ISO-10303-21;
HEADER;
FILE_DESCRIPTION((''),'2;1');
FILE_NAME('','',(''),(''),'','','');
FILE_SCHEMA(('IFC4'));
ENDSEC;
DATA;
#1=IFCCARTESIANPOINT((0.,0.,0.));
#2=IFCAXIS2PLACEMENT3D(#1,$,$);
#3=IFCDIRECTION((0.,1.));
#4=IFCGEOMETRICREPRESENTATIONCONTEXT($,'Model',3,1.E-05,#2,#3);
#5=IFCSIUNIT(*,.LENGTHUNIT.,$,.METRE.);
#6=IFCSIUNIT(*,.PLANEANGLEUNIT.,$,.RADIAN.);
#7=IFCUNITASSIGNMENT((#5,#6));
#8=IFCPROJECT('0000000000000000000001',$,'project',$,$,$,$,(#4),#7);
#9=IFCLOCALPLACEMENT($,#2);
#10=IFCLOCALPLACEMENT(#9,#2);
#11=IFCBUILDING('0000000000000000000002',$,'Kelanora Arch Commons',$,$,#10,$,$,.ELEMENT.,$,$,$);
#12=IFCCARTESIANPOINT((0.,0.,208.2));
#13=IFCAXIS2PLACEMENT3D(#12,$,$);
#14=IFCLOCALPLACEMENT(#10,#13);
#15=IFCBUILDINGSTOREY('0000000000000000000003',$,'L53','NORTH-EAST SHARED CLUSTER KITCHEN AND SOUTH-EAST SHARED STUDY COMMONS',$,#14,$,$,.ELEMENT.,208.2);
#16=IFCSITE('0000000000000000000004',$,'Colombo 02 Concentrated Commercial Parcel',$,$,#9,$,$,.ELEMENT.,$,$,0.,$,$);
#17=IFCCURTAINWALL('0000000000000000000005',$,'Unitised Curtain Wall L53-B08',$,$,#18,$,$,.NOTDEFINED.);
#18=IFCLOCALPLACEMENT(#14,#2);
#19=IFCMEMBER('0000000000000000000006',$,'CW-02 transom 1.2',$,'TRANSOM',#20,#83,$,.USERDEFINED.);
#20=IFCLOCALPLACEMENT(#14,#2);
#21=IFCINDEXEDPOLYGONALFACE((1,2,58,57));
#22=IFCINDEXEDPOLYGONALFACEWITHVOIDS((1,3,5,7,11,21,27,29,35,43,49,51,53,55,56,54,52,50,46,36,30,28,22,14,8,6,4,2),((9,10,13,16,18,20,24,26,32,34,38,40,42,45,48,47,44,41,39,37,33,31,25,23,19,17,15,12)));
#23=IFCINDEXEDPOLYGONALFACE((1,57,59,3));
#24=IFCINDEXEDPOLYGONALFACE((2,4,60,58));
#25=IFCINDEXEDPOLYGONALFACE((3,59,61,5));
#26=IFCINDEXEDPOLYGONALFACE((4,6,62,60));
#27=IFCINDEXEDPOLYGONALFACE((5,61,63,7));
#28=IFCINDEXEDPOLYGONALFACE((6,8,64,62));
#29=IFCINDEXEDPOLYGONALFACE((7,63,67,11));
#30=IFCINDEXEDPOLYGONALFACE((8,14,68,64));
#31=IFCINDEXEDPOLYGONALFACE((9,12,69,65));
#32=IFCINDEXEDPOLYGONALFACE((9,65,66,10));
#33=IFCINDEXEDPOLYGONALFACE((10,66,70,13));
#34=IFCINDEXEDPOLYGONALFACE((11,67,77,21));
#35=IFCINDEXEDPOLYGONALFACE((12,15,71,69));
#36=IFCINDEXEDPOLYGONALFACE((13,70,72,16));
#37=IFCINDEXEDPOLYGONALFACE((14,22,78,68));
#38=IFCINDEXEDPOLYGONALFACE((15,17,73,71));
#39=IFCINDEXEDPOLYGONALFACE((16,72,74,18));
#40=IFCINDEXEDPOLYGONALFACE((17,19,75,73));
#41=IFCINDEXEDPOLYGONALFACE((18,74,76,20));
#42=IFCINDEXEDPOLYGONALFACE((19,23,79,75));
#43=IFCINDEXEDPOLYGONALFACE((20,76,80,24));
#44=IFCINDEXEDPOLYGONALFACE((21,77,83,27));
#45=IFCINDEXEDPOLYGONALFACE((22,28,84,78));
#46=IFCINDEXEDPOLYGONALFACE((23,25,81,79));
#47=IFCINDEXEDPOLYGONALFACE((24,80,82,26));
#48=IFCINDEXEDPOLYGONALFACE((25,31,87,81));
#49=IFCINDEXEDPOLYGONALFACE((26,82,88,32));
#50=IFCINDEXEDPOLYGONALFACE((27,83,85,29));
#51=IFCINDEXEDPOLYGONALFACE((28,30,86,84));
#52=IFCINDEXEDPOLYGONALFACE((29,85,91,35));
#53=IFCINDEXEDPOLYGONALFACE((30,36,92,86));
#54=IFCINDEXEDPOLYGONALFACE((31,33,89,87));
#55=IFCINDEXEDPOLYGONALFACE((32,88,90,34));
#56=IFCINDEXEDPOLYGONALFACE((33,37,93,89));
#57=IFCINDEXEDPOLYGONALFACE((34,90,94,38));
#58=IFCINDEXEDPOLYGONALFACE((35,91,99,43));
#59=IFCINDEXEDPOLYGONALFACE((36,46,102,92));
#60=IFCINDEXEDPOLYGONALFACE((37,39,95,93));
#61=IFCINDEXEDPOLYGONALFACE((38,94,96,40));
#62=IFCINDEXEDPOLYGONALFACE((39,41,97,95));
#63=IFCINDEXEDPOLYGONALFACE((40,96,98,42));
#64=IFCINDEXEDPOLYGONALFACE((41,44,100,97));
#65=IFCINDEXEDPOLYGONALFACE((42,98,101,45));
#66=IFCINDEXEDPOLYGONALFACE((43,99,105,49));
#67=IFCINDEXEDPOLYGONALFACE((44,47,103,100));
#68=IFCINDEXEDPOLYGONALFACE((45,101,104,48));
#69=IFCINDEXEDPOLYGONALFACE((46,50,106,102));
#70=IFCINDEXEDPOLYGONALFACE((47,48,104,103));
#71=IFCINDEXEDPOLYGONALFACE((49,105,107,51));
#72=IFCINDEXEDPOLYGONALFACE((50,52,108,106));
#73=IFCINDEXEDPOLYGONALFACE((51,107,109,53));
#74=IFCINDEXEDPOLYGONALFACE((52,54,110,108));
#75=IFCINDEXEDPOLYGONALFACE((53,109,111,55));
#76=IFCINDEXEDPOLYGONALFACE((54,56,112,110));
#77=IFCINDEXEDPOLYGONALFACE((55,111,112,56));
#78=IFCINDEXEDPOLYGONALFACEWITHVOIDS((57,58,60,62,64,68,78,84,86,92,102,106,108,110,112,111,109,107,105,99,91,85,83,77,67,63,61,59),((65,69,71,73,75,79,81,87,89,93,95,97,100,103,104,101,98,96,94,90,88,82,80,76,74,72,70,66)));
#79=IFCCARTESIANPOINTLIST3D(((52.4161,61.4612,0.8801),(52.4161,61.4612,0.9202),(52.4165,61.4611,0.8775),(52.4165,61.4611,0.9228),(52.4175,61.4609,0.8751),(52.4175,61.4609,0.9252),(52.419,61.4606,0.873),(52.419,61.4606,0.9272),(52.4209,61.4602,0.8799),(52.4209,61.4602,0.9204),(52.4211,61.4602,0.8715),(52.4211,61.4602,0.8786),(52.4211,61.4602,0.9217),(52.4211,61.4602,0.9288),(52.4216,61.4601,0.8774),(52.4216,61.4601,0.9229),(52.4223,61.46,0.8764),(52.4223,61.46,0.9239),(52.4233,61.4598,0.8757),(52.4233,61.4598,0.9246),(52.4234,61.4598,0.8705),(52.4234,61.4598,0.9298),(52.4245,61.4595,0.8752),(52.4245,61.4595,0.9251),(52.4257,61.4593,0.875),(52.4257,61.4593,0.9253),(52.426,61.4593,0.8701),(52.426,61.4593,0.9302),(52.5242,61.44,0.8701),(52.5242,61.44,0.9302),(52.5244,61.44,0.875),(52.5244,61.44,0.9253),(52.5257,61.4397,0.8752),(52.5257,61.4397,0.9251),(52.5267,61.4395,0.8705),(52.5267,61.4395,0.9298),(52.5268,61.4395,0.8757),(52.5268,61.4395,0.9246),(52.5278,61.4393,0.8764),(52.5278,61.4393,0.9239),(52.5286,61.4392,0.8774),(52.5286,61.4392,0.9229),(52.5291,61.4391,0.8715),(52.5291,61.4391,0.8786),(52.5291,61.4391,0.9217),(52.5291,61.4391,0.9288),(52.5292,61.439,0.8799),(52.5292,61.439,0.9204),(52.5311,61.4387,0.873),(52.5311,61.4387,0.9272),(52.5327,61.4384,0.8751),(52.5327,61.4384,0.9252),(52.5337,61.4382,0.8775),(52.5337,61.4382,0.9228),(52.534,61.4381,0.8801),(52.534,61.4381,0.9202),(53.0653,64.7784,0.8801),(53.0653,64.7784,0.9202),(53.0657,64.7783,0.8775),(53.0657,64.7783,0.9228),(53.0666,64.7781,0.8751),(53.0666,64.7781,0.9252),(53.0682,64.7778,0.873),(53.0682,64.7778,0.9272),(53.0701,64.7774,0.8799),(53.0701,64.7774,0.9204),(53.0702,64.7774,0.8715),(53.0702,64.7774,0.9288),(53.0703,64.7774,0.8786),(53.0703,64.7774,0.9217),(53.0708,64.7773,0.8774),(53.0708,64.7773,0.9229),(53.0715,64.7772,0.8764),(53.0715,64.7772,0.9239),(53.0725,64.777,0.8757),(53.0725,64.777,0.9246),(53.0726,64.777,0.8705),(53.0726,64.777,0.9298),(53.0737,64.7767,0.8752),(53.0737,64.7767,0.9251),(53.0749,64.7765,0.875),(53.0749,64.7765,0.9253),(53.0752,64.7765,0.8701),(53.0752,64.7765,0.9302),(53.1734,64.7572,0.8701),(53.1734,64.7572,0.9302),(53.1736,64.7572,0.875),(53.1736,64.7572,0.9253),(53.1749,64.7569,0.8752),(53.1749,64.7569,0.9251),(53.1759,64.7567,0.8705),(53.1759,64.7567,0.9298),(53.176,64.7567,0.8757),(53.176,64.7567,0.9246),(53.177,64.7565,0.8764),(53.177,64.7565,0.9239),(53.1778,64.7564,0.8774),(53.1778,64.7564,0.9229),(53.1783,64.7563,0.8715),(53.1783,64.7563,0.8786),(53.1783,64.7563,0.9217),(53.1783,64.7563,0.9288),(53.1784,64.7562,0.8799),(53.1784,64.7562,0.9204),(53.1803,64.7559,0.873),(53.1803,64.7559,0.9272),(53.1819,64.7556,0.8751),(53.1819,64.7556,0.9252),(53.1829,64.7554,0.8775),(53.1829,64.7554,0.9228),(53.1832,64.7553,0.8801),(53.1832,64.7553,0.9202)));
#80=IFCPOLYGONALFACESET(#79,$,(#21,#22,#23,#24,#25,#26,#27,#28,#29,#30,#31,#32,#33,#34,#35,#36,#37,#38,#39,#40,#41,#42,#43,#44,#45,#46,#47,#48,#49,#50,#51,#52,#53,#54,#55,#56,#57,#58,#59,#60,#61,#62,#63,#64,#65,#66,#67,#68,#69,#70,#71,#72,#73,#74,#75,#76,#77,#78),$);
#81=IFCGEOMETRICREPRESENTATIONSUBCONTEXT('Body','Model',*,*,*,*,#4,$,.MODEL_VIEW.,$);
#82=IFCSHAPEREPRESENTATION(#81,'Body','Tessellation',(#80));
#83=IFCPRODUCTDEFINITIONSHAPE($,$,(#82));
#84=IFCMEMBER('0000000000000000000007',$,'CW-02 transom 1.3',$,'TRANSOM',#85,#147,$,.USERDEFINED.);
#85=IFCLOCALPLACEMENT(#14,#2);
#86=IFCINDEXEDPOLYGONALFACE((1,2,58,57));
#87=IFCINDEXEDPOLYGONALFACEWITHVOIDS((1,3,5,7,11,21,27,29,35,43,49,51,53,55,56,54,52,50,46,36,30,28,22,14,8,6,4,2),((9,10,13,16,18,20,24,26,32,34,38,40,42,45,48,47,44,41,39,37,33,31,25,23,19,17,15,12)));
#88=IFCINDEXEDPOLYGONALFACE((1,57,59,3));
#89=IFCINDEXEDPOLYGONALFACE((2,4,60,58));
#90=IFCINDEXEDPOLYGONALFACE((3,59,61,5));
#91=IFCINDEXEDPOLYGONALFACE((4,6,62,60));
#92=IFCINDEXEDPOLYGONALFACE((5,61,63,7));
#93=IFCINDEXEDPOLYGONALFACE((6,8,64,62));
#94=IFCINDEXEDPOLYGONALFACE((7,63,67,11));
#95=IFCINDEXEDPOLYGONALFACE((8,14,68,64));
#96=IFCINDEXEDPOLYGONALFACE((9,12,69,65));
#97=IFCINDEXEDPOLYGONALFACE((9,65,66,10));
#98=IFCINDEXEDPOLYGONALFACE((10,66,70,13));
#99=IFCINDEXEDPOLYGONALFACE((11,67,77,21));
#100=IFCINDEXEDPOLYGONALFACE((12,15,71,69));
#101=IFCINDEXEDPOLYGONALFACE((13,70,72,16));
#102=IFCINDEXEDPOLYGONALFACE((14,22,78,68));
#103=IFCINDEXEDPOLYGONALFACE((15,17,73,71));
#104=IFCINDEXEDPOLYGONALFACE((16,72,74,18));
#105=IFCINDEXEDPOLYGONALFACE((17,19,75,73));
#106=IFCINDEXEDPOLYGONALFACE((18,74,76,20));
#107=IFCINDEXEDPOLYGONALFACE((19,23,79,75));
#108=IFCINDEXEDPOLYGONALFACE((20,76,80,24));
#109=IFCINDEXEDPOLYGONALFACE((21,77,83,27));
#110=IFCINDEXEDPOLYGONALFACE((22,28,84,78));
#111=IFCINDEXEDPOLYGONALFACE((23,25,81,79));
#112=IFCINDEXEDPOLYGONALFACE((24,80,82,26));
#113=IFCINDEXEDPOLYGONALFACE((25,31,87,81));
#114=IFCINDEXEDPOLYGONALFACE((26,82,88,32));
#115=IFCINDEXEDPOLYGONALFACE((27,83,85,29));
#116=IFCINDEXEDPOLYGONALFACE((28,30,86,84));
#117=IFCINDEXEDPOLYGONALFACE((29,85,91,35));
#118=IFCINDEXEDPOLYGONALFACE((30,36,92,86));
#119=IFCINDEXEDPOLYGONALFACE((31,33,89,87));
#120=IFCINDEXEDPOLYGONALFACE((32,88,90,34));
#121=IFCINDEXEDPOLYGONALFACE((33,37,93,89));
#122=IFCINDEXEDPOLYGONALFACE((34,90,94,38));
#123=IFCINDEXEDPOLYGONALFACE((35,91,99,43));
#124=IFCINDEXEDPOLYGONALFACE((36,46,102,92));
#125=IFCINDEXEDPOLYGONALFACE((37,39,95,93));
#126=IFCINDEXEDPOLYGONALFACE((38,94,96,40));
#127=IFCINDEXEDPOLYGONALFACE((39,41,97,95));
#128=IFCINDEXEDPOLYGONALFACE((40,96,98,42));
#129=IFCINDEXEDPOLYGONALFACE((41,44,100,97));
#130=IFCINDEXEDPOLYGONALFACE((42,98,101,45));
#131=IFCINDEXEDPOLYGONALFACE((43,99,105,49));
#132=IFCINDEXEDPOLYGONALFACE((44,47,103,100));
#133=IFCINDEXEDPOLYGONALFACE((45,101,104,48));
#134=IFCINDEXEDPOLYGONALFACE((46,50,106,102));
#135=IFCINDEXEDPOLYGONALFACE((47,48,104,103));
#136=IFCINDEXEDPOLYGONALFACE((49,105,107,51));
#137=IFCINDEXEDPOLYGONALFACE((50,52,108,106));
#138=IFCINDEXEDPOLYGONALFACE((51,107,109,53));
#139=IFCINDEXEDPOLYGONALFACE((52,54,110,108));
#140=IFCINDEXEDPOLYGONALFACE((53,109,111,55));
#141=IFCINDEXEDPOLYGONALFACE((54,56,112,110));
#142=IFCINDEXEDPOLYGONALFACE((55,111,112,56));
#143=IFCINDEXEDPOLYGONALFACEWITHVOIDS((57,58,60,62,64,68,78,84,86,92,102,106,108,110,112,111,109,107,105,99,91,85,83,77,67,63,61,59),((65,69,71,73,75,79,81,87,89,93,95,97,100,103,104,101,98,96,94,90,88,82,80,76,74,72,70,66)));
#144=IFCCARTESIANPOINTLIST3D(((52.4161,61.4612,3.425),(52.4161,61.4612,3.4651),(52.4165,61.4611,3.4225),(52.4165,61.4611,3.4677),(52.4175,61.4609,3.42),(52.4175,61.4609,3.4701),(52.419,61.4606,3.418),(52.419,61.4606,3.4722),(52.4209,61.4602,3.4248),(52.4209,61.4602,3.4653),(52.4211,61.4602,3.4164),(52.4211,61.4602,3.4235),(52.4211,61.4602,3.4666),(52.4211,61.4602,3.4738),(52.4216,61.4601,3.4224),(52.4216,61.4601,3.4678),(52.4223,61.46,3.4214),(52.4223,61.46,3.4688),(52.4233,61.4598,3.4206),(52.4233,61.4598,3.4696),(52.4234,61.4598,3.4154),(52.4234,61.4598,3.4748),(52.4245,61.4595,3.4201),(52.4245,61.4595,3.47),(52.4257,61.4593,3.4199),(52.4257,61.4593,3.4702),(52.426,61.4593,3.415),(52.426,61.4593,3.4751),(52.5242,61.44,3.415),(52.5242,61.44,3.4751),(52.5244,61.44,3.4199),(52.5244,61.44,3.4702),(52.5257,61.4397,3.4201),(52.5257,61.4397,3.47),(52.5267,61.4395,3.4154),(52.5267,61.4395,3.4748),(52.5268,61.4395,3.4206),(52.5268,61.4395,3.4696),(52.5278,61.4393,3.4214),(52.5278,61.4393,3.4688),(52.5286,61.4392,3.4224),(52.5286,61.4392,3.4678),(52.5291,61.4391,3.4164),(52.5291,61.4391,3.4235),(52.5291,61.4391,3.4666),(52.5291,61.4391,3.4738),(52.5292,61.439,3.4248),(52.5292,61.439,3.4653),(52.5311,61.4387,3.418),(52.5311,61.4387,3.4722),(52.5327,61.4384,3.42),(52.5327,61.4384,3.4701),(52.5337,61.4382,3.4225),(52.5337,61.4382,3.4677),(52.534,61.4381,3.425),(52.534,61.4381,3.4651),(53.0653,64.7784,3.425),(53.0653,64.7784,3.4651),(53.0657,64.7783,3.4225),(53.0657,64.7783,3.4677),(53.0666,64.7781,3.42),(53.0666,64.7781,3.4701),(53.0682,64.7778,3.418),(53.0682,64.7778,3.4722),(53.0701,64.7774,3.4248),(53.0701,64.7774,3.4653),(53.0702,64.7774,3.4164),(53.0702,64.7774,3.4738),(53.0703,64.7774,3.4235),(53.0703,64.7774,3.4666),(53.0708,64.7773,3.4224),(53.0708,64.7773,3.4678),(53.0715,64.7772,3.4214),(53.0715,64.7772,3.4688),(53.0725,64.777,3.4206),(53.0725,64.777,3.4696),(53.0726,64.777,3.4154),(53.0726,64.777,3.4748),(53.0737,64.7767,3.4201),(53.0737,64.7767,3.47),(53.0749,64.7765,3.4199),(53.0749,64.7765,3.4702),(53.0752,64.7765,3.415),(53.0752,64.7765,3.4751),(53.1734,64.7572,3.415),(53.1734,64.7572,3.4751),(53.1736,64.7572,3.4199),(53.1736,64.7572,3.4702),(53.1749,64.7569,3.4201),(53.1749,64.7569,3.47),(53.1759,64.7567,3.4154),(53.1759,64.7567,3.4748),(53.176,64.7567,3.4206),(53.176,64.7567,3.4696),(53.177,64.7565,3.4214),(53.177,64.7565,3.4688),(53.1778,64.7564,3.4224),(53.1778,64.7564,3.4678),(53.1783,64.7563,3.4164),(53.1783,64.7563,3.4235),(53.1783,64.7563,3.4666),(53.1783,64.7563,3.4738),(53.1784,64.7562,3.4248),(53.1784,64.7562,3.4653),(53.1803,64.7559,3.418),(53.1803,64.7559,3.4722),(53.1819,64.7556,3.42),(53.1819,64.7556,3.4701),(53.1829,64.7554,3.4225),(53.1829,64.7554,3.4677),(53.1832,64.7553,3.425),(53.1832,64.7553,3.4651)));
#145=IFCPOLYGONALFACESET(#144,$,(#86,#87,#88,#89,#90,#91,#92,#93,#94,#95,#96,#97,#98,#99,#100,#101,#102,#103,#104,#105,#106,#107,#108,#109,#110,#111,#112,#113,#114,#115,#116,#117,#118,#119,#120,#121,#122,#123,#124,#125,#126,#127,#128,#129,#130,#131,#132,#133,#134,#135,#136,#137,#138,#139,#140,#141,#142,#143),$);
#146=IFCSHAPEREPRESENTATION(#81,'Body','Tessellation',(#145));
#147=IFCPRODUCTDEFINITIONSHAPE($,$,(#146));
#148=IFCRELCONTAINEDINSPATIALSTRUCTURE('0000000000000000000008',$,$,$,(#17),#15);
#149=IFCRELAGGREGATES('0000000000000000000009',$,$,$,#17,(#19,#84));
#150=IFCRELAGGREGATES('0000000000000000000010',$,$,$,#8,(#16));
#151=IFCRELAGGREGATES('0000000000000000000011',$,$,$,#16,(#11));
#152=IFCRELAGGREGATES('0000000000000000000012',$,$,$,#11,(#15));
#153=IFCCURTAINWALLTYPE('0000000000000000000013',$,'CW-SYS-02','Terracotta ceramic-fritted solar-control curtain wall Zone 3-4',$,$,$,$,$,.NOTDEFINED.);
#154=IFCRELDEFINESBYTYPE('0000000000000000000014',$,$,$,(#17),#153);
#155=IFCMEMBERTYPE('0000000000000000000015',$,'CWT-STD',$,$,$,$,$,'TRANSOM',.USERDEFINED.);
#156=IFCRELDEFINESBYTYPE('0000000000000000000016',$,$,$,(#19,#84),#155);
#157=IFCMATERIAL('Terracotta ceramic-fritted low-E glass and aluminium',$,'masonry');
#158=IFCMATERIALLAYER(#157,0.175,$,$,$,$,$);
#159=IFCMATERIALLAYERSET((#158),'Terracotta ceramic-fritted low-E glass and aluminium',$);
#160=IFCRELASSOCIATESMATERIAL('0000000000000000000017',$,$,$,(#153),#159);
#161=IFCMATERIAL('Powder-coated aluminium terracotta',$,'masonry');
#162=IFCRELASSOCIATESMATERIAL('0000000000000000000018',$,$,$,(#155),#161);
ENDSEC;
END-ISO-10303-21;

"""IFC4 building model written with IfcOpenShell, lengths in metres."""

from ifc_helpers import new_model, si_unit, direction, frame, origin, origin_2d, place, context, subcontext, project, spatial, hollow_rectangle, extrude, material, layer, layer_set, material_profile, profile_set, type_object, element, aggregate, save


model = new_model("IFC4")

# Units and contexts
model_context = context("Model", 3, precision=1e-05, world=origin(), true_north=direction((0.0, 1.0)))
body_context = subcontext(model_context, "Body", "Model", "MODEL_VIEW")
ifc_project = project(units=[si_unit("LENGTHUNIT", "METRE"), si_unit("PLANEANGLEUNIT", "RADIAN")], contexts=[model_context])

# Site, building, storey
site_placement = place(None, origin())
site = spatial("IfcSite", under=ifc_project, at=site_placement, Name="Colombo 02 Concentrated Commercial Parcel", CompositionType="ELEMENT", RefElevation=0.0)
building_placement = place(site_placement, origin())
building = spatial("IfcBuilding", under=site, at=building_placement, Name="Kelanora Arch Commons", CompositionType="ELEMENT")
storey_placement = place(building_placement, frame((0.0, 0.0, 208.2)))
storey = spatial("IfcBuildingStorey", under=building, at=storey_placement, Name="L53", Description="NORTH-EAST SHARED CLUSTER KITCHEN AND SOUTH-EAST SHARED STUDY COMMONS", CompositionType="ELEMENT", Elevation=208.2)

# Curtain wall, members
ifc_material_1 = material(Name="Terracotta ceramic-fritted low-E glass and aluminium", Category="masonry")
ifc_layer_1 = layer(ifc_material_1, 0.175)
ifc_layer_set_1 = layer_set([ifc_layer_1], Name="Terracotta ceramic-fritted low-E glass and aluminium")
curtain_wall_type = type_object("IfcCurtainWallType", Name="CW-SYS-02", Description="Terracotta ceramic-fritted solar-control curtain wall Zone 3-4", PredefinedType="NOTDEFINED", material=ifc_layer_set_1)
curtain_wall_placement = place(storey_placement, origin())
curtain_wall = element("IfcCurtainWall", 1, at=curtain_wall_placement, inside=storey, type_object=curtain_wall_type, Name="Unitised Curtain Wall L53-B08", PredefinedType="NOTDEFINED")
ifc_material_2 = material(Name="Powder-coated aluminium terracotta", Category="masonry")
ifc_material_profile_1 = material_profile(ifc_material_2, hollow_rectangle(XDim=0.1201, YDim=0.0601, WallThickness=0.0049, InnerFilletRadius=0.0049, OuterFilletRadius=0.01, at=origin_2d()), Name="CWT120x60")
ifc_profile_set_1 = profile_set([ifc_material_profile_1], Name="Powder-coated aluminium terracotta")
member_type_1 = type_object("IfcMemberType", Name="CWT-STD", ElementType="TRANSOM", PredefinedType="USERDEFINED", material=ifc_profile_set_1)
member_1_placement = place(storey_placement, frame((53.1243, 64.7668, 0.9001), z_axis=(-0.192058, -0.981383, 0.0), x_axis=(0.981383, -0.192058, 0.0)))
member_1 = element("IfcMember", 2, at=member_1_placement, type_object=member_type_1, Name="CW-02 transom 1.2", ObjectType="TRANSOM", PredefinedType="USERDEFINED", context=body_context, shape_type="SweptSolid", body=[
    extrude(hollow_rectangle(XDim=0.1201, YDim=0.0601, WallThickness=0.0049, InnerFilletRadius=0.0049, OuterFilletRadius=0.01, at=origin_2d()), origin(), (0.0, 0.0, 1.0), 3.3801),
])
member_2_placement = place(storey_placement, frame((53.1243, 64.7668, 3.4451), z_axis=(-0.192058, -0.981383, 0.0), x_axis=(0.981383, -0.192058, 0.0)))
member_2 = element("IfcMember", 3, at=member_2_placement, type_object=member_type_1, Name="CW-02 transom 1.3", ObjectType="TRANSOM", PredefinedType="USERDEFINED", context=body_context, shape_type="SweptSolid", body=[
    extrude(hollow_rectangle(XDim=0.1201, YDim=0.0601, WallThickness=0.0049, InnerFilletRadius=0.0049, OuterFilletRadius=0.01, at=origin_2d()), origin(), (0.0, 0.0, 1.0), 3.3801),
])
aggregate(curtain_wall, [member_1, member_2])

save(model, "model.ifc")
